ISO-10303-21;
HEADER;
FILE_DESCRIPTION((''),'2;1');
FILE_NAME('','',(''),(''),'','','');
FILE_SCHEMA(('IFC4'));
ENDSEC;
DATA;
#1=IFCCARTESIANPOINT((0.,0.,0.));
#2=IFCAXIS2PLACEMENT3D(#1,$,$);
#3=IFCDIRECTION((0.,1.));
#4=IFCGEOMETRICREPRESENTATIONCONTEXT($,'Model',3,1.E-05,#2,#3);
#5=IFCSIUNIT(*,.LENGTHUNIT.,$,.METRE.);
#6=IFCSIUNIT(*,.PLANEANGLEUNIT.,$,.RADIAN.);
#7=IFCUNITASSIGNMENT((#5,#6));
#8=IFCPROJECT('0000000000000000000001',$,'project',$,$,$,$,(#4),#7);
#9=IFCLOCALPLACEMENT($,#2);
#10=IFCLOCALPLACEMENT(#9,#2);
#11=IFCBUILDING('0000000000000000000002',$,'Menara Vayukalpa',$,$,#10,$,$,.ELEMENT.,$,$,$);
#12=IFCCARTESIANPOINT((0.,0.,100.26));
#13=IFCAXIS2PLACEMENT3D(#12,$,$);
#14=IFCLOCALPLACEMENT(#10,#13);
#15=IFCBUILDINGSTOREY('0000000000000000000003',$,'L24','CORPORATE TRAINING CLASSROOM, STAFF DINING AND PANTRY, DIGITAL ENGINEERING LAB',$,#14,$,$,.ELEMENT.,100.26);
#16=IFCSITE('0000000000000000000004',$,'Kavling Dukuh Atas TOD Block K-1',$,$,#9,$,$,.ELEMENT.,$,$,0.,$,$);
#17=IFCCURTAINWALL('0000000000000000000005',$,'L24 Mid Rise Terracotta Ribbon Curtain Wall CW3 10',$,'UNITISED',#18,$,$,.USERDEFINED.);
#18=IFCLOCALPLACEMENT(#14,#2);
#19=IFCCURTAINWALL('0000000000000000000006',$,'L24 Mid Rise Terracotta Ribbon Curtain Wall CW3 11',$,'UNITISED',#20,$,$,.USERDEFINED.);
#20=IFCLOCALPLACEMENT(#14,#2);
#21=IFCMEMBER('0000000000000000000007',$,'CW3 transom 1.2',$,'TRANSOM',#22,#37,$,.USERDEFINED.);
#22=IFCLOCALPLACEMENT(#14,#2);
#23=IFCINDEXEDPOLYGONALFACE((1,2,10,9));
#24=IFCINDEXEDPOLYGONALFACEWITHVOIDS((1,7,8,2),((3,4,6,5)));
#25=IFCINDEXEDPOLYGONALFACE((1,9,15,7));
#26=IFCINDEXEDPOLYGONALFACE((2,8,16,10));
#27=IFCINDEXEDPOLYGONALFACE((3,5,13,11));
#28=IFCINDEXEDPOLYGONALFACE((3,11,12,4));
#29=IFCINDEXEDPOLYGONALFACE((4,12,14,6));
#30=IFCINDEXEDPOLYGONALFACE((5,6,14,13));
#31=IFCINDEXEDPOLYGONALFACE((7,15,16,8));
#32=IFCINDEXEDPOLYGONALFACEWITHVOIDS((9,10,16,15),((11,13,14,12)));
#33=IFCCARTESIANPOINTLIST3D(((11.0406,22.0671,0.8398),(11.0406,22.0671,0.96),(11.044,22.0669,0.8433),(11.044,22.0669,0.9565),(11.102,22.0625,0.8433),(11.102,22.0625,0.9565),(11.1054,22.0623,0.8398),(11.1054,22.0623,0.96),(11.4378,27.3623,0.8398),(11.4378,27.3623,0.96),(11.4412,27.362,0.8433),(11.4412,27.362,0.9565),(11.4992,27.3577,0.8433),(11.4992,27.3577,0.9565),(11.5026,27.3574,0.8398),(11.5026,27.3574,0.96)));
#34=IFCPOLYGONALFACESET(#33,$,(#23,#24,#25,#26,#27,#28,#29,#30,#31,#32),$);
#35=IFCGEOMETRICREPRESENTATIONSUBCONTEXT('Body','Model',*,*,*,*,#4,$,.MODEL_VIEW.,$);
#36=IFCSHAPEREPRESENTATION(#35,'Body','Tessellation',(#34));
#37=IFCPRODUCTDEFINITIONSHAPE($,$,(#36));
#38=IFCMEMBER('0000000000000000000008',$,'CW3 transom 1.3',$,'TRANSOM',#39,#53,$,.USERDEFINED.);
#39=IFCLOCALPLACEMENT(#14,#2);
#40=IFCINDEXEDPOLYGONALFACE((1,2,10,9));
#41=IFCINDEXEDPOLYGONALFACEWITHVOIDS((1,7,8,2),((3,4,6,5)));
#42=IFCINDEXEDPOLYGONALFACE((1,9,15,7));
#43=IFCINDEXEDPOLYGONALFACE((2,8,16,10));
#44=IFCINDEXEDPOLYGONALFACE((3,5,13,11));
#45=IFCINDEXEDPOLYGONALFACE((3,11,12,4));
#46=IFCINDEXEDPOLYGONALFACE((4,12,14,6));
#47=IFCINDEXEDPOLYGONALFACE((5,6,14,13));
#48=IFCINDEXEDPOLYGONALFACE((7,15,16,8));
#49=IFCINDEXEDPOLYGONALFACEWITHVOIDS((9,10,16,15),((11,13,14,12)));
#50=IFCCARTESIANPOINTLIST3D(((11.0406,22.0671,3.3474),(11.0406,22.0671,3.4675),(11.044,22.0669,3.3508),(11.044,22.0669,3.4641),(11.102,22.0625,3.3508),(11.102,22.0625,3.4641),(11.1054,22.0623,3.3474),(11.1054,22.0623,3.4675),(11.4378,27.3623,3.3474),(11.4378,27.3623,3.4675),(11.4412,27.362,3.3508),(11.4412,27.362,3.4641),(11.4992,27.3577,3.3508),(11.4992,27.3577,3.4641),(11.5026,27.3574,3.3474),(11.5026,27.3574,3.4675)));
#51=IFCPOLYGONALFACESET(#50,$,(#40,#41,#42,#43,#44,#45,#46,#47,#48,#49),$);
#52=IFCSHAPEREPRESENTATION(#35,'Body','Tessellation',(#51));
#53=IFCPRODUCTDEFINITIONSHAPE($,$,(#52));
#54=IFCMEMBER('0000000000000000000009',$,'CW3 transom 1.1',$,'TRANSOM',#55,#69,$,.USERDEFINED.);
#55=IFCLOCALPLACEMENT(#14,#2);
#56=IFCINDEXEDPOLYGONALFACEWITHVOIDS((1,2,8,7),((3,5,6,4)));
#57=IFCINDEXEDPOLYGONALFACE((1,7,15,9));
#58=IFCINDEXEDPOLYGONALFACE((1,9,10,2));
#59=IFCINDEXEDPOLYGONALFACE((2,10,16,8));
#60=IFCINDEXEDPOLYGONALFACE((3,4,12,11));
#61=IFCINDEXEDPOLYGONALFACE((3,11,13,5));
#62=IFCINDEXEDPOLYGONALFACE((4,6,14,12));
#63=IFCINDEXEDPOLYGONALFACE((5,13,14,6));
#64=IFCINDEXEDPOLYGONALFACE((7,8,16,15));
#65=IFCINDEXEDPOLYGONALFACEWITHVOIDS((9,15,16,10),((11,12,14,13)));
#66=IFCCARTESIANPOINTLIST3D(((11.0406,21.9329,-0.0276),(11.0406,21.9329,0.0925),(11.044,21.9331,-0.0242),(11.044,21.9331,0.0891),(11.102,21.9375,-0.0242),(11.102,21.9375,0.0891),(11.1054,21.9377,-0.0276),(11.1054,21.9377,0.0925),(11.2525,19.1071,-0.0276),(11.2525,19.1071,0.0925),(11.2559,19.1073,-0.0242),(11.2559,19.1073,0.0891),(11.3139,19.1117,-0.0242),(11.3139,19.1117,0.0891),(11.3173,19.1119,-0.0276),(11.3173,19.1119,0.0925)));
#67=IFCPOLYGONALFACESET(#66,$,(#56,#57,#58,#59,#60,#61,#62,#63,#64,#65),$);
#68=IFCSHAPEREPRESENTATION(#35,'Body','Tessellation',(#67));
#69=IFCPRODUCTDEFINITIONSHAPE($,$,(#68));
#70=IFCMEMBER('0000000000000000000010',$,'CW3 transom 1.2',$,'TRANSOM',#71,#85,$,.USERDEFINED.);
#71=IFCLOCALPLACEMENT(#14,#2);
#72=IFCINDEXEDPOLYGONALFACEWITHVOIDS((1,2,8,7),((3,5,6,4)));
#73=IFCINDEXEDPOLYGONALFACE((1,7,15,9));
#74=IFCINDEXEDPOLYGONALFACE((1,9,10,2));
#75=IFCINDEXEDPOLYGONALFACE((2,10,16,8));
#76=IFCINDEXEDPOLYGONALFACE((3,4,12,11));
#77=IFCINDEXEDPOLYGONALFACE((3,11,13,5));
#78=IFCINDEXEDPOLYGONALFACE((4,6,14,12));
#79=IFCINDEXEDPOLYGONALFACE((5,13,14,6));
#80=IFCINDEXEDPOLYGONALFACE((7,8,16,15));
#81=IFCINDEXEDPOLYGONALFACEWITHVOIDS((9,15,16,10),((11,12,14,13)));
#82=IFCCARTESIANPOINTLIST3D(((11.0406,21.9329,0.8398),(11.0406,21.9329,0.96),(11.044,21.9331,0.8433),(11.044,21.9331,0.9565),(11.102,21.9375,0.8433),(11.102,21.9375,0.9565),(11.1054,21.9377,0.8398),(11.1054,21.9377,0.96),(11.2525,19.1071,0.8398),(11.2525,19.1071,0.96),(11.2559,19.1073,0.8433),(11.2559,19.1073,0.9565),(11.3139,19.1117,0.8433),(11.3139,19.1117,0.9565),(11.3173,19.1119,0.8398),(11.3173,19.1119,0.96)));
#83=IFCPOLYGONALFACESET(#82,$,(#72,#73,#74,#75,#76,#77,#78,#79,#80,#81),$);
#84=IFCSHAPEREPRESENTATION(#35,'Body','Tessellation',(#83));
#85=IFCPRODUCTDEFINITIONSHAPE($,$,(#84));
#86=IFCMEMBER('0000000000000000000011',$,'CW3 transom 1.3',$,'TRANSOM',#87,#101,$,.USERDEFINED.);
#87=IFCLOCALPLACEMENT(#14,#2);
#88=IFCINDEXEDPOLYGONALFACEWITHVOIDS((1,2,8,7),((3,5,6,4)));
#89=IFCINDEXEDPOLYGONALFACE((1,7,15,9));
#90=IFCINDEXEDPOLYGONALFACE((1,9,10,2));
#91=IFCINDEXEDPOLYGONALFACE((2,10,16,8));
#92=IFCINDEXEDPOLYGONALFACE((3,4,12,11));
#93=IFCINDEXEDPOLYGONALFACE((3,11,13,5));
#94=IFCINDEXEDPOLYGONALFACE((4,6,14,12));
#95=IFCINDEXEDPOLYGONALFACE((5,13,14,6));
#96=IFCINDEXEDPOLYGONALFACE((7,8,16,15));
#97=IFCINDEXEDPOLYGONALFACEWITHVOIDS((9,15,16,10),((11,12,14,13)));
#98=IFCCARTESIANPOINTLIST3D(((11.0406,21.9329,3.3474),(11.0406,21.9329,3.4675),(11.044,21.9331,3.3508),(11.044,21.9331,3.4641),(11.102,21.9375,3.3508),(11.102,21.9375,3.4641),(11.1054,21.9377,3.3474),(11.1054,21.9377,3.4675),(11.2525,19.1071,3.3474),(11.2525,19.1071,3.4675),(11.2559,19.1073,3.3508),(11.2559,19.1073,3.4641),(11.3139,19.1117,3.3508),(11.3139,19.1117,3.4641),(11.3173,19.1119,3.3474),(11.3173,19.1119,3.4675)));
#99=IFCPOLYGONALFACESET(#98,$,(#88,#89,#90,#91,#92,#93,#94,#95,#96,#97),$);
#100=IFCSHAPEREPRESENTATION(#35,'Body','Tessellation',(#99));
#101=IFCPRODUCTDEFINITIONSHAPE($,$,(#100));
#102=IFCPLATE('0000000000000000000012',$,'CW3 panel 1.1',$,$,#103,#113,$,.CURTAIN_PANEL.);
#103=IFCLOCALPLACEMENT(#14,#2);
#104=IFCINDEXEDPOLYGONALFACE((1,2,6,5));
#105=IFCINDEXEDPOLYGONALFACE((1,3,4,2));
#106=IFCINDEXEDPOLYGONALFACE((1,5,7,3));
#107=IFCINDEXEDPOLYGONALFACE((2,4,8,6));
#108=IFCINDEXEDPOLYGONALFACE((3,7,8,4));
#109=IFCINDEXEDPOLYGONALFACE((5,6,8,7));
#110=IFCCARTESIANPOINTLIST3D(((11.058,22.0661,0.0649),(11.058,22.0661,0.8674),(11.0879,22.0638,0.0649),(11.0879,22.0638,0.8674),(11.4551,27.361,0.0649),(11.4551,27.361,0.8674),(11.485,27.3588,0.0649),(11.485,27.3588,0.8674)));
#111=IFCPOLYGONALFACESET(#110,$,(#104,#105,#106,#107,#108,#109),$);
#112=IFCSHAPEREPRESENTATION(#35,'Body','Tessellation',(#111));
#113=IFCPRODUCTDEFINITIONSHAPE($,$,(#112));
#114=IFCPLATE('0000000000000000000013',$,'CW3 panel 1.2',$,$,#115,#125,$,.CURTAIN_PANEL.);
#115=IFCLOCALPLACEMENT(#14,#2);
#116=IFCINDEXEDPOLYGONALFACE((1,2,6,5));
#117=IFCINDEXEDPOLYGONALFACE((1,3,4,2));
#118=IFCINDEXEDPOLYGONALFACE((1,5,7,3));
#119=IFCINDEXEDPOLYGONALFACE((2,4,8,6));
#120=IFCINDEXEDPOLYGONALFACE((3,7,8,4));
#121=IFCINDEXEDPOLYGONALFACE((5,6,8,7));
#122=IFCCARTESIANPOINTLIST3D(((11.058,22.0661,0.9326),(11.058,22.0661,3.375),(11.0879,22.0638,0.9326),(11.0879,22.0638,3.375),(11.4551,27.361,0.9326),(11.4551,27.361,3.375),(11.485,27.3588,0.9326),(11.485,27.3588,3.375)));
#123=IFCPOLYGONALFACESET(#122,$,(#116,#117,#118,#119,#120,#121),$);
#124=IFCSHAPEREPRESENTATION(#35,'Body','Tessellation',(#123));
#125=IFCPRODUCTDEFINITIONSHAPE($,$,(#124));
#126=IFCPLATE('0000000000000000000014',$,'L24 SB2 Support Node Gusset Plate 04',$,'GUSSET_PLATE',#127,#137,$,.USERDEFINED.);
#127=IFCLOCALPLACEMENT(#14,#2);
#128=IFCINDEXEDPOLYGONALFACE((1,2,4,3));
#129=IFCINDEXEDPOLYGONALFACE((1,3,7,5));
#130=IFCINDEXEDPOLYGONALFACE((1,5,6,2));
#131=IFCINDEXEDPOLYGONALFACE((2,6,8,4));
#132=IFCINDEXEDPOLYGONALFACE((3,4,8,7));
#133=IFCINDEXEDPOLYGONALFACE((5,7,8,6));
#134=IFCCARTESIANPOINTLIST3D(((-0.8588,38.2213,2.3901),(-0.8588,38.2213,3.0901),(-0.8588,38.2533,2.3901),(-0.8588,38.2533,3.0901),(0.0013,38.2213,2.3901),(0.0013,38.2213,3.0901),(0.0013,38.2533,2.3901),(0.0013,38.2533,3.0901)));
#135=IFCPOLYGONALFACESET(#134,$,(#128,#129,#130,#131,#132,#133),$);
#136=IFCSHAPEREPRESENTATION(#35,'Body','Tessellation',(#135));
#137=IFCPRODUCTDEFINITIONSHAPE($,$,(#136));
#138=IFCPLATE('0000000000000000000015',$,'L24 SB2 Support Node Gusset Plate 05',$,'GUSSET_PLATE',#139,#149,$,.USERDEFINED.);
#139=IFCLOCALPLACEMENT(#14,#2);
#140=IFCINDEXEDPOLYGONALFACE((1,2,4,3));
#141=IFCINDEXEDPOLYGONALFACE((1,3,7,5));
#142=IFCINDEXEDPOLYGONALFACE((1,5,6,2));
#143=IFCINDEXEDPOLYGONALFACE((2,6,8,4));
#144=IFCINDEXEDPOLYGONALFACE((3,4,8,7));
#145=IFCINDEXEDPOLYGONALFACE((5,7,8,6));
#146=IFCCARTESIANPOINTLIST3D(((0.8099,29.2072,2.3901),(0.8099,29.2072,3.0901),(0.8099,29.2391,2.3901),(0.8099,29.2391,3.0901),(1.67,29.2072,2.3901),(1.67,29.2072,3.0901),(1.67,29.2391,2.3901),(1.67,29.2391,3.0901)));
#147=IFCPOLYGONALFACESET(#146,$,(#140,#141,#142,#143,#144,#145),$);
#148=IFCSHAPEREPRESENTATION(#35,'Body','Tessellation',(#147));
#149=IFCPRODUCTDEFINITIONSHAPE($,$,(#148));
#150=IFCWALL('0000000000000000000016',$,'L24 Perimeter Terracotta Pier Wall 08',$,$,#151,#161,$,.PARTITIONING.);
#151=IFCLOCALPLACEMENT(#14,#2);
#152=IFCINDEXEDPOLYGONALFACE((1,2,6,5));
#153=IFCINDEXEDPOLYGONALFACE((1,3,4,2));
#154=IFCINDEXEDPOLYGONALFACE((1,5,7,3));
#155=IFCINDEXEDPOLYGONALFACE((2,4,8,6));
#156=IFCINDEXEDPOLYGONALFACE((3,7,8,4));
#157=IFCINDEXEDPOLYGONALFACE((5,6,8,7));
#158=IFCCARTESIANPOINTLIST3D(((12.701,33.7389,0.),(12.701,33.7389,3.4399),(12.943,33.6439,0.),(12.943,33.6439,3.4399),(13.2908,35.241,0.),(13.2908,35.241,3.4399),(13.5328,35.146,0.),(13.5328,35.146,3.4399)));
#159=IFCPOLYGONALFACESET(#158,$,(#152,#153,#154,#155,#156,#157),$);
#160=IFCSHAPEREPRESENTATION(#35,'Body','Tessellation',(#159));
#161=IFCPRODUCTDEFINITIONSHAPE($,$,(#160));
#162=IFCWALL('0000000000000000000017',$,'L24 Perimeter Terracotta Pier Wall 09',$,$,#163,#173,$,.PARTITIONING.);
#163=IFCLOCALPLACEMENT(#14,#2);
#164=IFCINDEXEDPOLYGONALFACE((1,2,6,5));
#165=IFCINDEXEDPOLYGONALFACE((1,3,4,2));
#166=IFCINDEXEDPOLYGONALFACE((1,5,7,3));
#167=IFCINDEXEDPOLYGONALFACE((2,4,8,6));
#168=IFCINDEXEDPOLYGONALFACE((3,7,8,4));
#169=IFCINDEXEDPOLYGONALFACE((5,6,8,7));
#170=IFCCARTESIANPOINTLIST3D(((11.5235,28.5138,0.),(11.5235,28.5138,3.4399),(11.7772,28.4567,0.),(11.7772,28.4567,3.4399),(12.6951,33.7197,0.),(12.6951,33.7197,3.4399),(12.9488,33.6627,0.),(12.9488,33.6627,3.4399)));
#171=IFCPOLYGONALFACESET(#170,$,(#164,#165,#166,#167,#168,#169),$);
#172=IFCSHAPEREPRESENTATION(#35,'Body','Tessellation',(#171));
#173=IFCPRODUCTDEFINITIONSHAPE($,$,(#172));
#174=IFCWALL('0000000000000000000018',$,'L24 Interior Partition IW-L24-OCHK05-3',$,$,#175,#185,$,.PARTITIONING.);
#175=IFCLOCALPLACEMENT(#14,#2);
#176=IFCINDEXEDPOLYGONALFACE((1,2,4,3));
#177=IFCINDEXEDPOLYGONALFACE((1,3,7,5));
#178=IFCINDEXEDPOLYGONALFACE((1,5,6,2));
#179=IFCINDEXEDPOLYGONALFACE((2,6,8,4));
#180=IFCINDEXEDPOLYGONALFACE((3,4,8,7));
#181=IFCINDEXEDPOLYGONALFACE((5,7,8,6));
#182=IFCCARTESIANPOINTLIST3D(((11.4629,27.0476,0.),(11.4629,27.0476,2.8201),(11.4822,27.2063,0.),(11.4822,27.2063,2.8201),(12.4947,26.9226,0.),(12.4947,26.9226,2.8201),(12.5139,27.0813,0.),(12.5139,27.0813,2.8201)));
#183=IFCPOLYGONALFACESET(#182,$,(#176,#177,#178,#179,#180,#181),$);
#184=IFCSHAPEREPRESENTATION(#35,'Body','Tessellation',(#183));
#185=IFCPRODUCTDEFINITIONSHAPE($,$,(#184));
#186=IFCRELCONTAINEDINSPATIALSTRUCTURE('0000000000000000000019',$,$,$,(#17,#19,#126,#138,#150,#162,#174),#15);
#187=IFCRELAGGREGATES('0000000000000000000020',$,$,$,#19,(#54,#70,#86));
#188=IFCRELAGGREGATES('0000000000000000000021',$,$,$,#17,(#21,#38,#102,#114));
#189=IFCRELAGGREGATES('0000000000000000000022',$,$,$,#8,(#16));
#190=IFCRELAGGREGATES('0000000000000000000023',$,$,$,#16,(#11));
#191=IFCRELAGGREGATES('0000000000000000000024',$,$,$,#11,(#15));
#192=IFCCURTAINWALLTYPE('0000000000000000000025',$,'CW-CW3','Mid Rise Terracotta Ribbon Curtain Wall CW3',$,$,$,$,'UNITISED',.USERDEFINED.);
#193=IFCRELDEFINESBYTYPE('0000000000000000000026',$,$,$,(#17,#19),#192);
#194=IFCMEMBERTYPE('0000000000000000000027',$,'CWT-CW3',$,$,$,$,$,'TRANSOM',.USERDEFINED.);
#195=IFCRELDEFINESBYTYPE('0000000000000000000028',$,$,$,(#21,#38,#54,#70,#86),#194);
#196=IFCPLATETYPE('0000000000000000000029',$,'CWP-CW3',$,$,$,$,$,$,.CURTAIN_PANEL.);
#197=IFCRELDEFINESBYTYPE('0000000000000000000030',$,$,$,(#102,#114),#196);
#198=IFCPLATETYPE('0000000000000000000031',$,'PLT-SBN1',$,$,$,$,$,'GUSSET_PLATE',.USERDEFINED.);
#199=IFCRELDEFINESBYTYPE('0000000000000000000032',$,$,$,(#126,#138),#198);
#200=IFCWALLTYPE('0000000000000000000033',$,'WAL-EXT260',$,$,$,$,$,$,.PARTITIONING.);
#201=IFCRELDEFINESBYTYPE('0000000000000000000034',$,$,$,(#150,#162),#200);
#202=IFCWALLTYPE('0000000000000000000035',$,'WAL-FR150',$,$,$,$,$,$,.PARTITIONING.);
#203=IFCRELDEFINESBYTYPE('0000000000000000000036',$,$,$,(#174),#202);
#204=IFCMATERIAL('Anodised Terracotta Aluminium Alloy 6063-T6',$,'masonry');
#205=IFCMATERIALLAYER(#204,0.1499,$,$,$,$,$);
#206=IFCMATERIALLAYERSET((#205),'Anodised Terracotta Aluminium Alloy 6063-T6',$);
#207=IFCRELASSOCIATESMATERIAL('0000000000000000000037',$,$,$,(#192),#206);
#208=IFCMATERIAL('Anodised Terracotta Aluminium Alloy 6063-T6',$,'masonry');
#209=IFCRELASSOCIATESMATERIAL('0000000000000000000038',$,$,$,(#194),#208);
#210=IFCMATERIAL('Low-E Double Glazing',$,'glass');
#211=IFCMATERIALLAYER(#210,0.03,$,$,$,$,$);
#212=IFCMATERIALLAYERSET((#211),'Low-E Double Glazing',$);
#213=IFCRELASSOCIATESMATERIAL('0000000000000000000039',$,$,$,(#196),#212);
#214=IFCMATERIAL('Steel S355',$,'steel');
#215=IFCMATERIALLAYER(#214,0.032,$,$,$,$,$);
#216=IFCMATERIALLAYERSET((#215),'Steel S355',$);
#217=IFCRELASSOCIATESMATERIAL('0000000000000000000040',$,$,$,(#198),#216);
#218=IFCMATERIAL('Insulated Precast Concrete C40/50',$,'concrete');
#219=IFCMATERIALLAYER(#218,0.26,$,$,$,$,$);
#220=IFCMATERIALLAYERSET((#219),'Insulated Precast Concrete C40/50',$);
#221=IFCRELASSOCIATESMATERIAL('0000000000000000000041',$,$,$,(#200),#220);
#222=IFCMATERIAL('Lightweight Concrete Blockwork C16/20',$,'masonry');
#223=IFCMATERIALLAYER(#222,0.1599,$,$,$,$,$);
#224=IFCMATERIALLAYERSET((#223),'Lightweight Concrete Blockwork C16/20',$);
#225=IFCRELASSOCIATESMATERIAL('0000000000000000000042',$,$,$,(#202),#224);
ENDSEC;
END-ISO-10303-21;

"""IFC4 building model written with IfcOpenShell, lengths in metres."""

from ifc_helpers import new_model, si_unit, direction, frame, frame_2d, origin, origin_2d, place, context, subcontext, project, spatial, rectangle, hollow_rectangle, extrude, material, layer, layer_set, material_profile, profile_set, type_object, element, aggregate, save


model = new_model("IFC4")

# Units and contexts
model_context = context("Model", 3, precision=1e-05, world=origin(), true_north=direction((0.0, 1.0)))
body_context = subcontext(model_context, "Body", "Model", "MODEL_VIEW")
ifc_project = project(units=[si_unit("LENGTHUNIT", "METRE"), si_unit("PLANEANGLEUNIT", "RADIAN")], contexts=[model_context])

# Site, building, storey
site_placement = place(None, origin())
site = spatial("IfcSite", under=ifc_project, at=site_placement, Name="Kavling Dukuh Atas TOD Block K-1", CompositionType="ELEMENT", RefElevation=0.0)
building_placement = place(site_placement, origin())
building = spatial("IfcBuilding", under=site, at=building_placement, Name="Menara Vayukalpa", CompositionType="ELEMENT")
storey_placement = place(building_placement, frame((0.0, 0.0, 100.26)))
storey = spatial("IfcBuildingStorey", under=building, at=storey_placement, Name="L24", Description="CORPORATE TRAINING CLASSROOM, STAFF DINING AND PANTRY, DIGITAL ENGINEERING LAB", CompositionType="ELEMENT", Elevation=100.26)

# Curtain wall
ifc_material_1 = material(Name="Anodised Terracotta Aluminium Alloy 6063-T6", Category="masonry")
ifc_layer_1 = layer(ifc_material_1, 0.1499)
ifc_layer_set_1 = layer_set([ifc_layer_1], Name="Anodised Terracotta Aluminium Alloy 6063-T6")
curtain_wall_type = type_object("IfcCurtainWallType", Name="CW-CW3", Description="Mid Rise Terracotta Ribbon Curtain Wall CW3", ElementType="UNITISED", PredefinedType="USERDEFINED", material=ifc_layer_set_1)
curtain_wall_1_placement = place(storey_placement, origin())
curtain_wall_1 = element("IfcCurtainWall", 1, at=curtain_wall_1_placement, inside=storey, type_object=curtain_wall_type, Name="L24 Mid Rise Terracotta Ribbon Curtain Wall CW3 10", ObjectType="UNITISED", PredefinedType="USERDEFINED")

# Curtain wall
curtain_wall_2_placement = place(storey_placement, origin())
curtain_wall_2 = element("IfcCurtainWall", 2, at=curtain_wall_2_placement, inside=storey, type_object=curtain_wall_type, Name="L24 Mid Rise Terracotta Ribbon Curtain Wall CW3 11", ObjectType="UNITISED", PredefinedType="USERDEFINED")

# Members
ifc_material_2 = material(Name="Anodised Terracotta Aluminium Alloy 6063-T6", Category="masonry")
ifc_material_profile_1 = material_profile(ifc_material_2, hollow_rectangle(XDim=0.0649, YDim=0.1201, WallThickness=0.0034, at=origin_2d()), Name="ALU 65x120x3.5")
ifc_profile_set_1 = profile_set([ifc_material_profile_1], Name="Anodised Terracotta Aluminium Alloy 6063-T6")
member_type_1 = type_object("IfcMemberType", Name="CWT-CW3", ElementType="TRANSOM", PredefinedType="USERDEFINED", material=ifc_profile_set_1)
member_1_placement = place(storey_placement, frame((11.4702, 27.3599, 0.8999), z_axis=(-0.074805, -0.997198, 0.0), x_axis=(0.997198, -0.074805, 0.0)))
member_1 = element("IfcMember", 3, at=member_1_placement, type_object=member_type_1, Name="CW3 transom 1.2", ObjectType="TRANSOM", PredefinedType="USERDEFINED", context=body_context, shape_type="SweptSolid", body=[
    extrude(hollow_rectangle(XDim=0.0649, YDim=0.1201, WallThickness=0.0034, at=origin_2d()), origin(), (0.0, 0.0, 1.0), 5.3101),
])
member_2_placement = place(storey_placement, frame((11.4702, 27.3599, 3.4075), z_axis=(-0.074805, -0.997198, 0.0), x_axis=(0.997198, -0.074805, 0.0)))
member_2 = element("IfcMember", 4, at=member_2_placement, type_object=member_type_1, Name="CW3 transom 1.3", ObjectType="TRANSOM", PredefinedType="USERDEFINED", context=body_context, shape_type="SweptSolid", body=[
    extrude(hollow_rectangle(XDim=0.0649, YDim=0.1201, WallThickness=0.0034, at=origin_2d()), origin(), (0.0, 0.0, 1.0), 5.3101),
])
member_3_placement = place(storey_placement, frame((11.073, 21.9353, 0.0325), z_axis=(0.074786, -0.9972, 0.0), x_axis=(0.9972, 0.074786, 0.0)))
member_3 = element("IfcMember", 5, at=member_3_placement, type_object=member_type_1, Name="CW3 transom 1.1", ObjectType="TRANSOM", PredefinedType="USERDEFINED", context=body_context, shape_type="SweptSolid", body=[
    extrude(hollow_rectangle(XDim=0.0649, YDim=0.1201, WallThickness=0.0034, at=origin_2d()), origin(), (0.0, 0.0, 1.0), 2.8337),
])
member_4_placement = place(storey_placement, frame((11.073, 21.9353, 0.8999), z_axis=(0.074786, -0.9972, 0.0), x_axis=(0.9972, 0.074786, 0.0)))
member_4 = element("IfcMember", 6, at=member_4_placement, type_object=member_type_1, Name="CW3 transom 1.2", ObjectType="TRANSOM", PredefinedType="USERDEFINED", context=body_context, shape_type="SweptSolid", body=[
    extrude(hollow_rectangle(XDim=0.0649, YDim=0.1201, WallThickness=0.0034, at=origin_2d()), origin(), (0.0, 0.0, 1.0), 2.8337),
])
member_5_placement = place(storey_placement, frame((11.073, 21.9353, 3.4075), z_axis=(0.074786, -0.9972, 0.0), x_axis=(0.9972, 0.074786, 0.0)))
member_5 = element("IfcMember", 7, at=member_5_placement, type_object=member_type_1, Name="CW3 transom 1.3", ObjectType="TRANSOM", PredefinedType="USERDEFINED", context=body_context, shape_type="SweptSolid", body=[
    extrude(hollow_rectangle(XDim=0.0649, YDim=0.1201, WallThickness=0.0034, at=origin_2d()), origin(), (0.0, 0.0, 1.0), 2.8337),
])
aggregate(curtain_wall_2, [member_3, member_4, member_5])

# Plates
ifc_material_3 = material(Name="Low-E Double Glazing", Category="glass")
ifc_layer_2 = layer(ifc_material_3, 0.03)
ifc_layer_set_2 = layer_set([ifc_layer_2], Name="Low-E Double Glazing")
plate_type_1 = type_object("IfcPlateType", Name="CWP-CW3", PredefinedType="CURTAIN_PANEL", material=ifc_layer_set_2)
plate_1_placement = place(storey_placement, frame((11.2715, 24.7124, 0.0649), z_axis=(0.0, 0.0, 1.0), x_axis=(-0.074782, -0.9972, 0.0)))
plate_1 = element("IfcPlate", 8, at=plate_1_placement, type_object=plate_type_1, Name="CW3 panel 1.1", PredefinedType="CURTAIN_PANEL", context=body_context, shape_type="SweptSolid", body=[
    extrude(rectangle(XDim=5.3098, YDim=0.03, at=origin_2d()), origin(), (0.0, 0.0, 1.0), 0.8025),
])
plate_2_placement = place(storey_placement, frame((11.2715, 24.7124, 0.9326), z_axis=(0.0, 0.0, 1.0), x_axis=(-0.074782, -0.9972, 0.0)))
plate_2 = element("IfcPlate", 9, at=plate_2_placement, type_object=plate_type_1, Name="CW3 panel 1.2", PredefinedType="CURTAIN_PANEL", context=body_context, shape_type="SweptSolid", body=[
    extrude(rectangle(XDim=5.3098, YDim=0.03, at=origin_2d()), origin(), (0.0, 0.0, 1.0), 2.4424),
])
aggregate(curtain_wall_1, [member_1, member_2, plate_1, plate_2])

# Plates
ifc_material_4 = material(Name="Steel S355", Category="steel")
ifc_layer_3 = layer(ifc_material_4, 0.032)
ifc_layer_set_3 = layer_set([ifc_layer_3], Name="Steel S355")
plate_type_2 = type_object("IfcPlateType", Name="PLT-SBN1", ElementType="GUSSET_PLATE", PredefinedType="USERDEFINED", material=ifc_layer_set_3)
for number, where, z_axis, x_axis, name in (
    (10, (-0.4287, 38.2373, 2.3901), (0.0, 0.0, 1.0), (1.0, 0.0, 0.0), "L24 SB2 Support Node Gusset Plate 04"),
    (11, (1.24, 29.2231, 2.3901), (0.0, 0.0, 1.0), (1.0, 0.0, 0.0), "L24 SB2 Support Node Gusset Plate 05"),
):
    element("IfcPlate", number, at=place(storey_placement, frame(where, z_axis=z_axis, x_axis=x_axis)), inside=storey, type_object=plate_type_2, Name=name, ObjectType="GUSSET_PLATE", PredefinedType="USERDEFINED", context=body_context, shape_type="SweptSolid", body=[
        extrude(rectangle(XDim=0.8601, YDim=0.032, at=origin_2d()), origin(), (0.0, 0.0, 1.0), 0.7),
    ])

# Walls
ifc_material_5 = material(Name="Insulated Precast Concrete C40/50", Category="concrete")
ifc_layer_4 = layer(ifc_material_5, 0.26)
ifc_layer_set_4 = layer_set([ifc_layer_4], Name="Insulated Precast Concrete C40/50")
wall_type_1 = type_object("IfcWallType", Name="WAL-EXT260", PredefinedType="PARTITIONING", material=ifc_layer_set_4)
wall_1_placement = place(storey_placement, frame((12.822, 33.6914, 0.0), z_axis=(0.0, 0.0, 1.0), x_axis=(0.365489, 0.930816, 0.0)))
element("IfcWall", 12, at=wall_1_placement, inside=storey, type_object=wall_type_1, Name="L24 Perimeter Terracotta Pier Wall 08", PredefinedType="PARTITIONING", context=body_context, shape_type="SweptSolid", body=[
    extrude(rectangle(XDim=1.6138, YDim=0.26, at=frame_2d((0.8069, 0.0))), origin(), (0.0, 0.0, 1.0), 3.4399),
])
wall_2_placement = place(storey_placement, frame((11.6504, 28.4854, 0.0), z_axis=(0.0, 0.0, 1.0), x_axis=(0.21956, 0.975599, 0.0)))
element("IfcWall", 13, at=wall_2_placement, inside=storey, type_object=wall_type_1, Name="L24 Perimeter Terracotta Pier Wall 09", PredefinedType="PARTITIONING", context=body_context, shape_type="SweptSolid", body=[
    extrude(rectangle(XDim=5.3362, YDim=0.26, at=frame_2d((2.668, 0.0))), origin(), (0.0, 0.0, 1.0), 3.4399),
])
ifc_material_6 = material(Name="Lightweight Concrete Blockwork C16/20", Category="masonry")
ifc_layer_5 = layer(ifc_material_6, 0.1599)
ifc_layer_set_5 = layer_set([ifc_layer_5], Name="Lightweight Concrete Blockwork C16/20")
wall_type_2 = type_object("IfcWallType", Name="WAL-FR150", PredefinedType="PARTITIONING", material=ifc_layer_set_5)
wall_3_placement = place(storey_placement, frame((11.4727, 27.127, 0.0), z_axis=(0.0, 0.0, 1.0), x_axis=(0.992741, -0.120275, 0.0)))
element("IfcWall", 14, at=wall_3_placement, inside=storey, type_object=wall_type_2, Name="L24 Interior Partition IW-L24-OCHK05-3", PredefinedType="PARTITIONING", context=body_context, shape_type="SweptSolid", body=[
    extrude(rectangle(XDim=1.0393, YDim=0.1599, at=frame_2d((0.5195, 0.0))), origin(), (0.0, 0.0, 1.0), 2.8201),
])

save(model, "model.ifc")
